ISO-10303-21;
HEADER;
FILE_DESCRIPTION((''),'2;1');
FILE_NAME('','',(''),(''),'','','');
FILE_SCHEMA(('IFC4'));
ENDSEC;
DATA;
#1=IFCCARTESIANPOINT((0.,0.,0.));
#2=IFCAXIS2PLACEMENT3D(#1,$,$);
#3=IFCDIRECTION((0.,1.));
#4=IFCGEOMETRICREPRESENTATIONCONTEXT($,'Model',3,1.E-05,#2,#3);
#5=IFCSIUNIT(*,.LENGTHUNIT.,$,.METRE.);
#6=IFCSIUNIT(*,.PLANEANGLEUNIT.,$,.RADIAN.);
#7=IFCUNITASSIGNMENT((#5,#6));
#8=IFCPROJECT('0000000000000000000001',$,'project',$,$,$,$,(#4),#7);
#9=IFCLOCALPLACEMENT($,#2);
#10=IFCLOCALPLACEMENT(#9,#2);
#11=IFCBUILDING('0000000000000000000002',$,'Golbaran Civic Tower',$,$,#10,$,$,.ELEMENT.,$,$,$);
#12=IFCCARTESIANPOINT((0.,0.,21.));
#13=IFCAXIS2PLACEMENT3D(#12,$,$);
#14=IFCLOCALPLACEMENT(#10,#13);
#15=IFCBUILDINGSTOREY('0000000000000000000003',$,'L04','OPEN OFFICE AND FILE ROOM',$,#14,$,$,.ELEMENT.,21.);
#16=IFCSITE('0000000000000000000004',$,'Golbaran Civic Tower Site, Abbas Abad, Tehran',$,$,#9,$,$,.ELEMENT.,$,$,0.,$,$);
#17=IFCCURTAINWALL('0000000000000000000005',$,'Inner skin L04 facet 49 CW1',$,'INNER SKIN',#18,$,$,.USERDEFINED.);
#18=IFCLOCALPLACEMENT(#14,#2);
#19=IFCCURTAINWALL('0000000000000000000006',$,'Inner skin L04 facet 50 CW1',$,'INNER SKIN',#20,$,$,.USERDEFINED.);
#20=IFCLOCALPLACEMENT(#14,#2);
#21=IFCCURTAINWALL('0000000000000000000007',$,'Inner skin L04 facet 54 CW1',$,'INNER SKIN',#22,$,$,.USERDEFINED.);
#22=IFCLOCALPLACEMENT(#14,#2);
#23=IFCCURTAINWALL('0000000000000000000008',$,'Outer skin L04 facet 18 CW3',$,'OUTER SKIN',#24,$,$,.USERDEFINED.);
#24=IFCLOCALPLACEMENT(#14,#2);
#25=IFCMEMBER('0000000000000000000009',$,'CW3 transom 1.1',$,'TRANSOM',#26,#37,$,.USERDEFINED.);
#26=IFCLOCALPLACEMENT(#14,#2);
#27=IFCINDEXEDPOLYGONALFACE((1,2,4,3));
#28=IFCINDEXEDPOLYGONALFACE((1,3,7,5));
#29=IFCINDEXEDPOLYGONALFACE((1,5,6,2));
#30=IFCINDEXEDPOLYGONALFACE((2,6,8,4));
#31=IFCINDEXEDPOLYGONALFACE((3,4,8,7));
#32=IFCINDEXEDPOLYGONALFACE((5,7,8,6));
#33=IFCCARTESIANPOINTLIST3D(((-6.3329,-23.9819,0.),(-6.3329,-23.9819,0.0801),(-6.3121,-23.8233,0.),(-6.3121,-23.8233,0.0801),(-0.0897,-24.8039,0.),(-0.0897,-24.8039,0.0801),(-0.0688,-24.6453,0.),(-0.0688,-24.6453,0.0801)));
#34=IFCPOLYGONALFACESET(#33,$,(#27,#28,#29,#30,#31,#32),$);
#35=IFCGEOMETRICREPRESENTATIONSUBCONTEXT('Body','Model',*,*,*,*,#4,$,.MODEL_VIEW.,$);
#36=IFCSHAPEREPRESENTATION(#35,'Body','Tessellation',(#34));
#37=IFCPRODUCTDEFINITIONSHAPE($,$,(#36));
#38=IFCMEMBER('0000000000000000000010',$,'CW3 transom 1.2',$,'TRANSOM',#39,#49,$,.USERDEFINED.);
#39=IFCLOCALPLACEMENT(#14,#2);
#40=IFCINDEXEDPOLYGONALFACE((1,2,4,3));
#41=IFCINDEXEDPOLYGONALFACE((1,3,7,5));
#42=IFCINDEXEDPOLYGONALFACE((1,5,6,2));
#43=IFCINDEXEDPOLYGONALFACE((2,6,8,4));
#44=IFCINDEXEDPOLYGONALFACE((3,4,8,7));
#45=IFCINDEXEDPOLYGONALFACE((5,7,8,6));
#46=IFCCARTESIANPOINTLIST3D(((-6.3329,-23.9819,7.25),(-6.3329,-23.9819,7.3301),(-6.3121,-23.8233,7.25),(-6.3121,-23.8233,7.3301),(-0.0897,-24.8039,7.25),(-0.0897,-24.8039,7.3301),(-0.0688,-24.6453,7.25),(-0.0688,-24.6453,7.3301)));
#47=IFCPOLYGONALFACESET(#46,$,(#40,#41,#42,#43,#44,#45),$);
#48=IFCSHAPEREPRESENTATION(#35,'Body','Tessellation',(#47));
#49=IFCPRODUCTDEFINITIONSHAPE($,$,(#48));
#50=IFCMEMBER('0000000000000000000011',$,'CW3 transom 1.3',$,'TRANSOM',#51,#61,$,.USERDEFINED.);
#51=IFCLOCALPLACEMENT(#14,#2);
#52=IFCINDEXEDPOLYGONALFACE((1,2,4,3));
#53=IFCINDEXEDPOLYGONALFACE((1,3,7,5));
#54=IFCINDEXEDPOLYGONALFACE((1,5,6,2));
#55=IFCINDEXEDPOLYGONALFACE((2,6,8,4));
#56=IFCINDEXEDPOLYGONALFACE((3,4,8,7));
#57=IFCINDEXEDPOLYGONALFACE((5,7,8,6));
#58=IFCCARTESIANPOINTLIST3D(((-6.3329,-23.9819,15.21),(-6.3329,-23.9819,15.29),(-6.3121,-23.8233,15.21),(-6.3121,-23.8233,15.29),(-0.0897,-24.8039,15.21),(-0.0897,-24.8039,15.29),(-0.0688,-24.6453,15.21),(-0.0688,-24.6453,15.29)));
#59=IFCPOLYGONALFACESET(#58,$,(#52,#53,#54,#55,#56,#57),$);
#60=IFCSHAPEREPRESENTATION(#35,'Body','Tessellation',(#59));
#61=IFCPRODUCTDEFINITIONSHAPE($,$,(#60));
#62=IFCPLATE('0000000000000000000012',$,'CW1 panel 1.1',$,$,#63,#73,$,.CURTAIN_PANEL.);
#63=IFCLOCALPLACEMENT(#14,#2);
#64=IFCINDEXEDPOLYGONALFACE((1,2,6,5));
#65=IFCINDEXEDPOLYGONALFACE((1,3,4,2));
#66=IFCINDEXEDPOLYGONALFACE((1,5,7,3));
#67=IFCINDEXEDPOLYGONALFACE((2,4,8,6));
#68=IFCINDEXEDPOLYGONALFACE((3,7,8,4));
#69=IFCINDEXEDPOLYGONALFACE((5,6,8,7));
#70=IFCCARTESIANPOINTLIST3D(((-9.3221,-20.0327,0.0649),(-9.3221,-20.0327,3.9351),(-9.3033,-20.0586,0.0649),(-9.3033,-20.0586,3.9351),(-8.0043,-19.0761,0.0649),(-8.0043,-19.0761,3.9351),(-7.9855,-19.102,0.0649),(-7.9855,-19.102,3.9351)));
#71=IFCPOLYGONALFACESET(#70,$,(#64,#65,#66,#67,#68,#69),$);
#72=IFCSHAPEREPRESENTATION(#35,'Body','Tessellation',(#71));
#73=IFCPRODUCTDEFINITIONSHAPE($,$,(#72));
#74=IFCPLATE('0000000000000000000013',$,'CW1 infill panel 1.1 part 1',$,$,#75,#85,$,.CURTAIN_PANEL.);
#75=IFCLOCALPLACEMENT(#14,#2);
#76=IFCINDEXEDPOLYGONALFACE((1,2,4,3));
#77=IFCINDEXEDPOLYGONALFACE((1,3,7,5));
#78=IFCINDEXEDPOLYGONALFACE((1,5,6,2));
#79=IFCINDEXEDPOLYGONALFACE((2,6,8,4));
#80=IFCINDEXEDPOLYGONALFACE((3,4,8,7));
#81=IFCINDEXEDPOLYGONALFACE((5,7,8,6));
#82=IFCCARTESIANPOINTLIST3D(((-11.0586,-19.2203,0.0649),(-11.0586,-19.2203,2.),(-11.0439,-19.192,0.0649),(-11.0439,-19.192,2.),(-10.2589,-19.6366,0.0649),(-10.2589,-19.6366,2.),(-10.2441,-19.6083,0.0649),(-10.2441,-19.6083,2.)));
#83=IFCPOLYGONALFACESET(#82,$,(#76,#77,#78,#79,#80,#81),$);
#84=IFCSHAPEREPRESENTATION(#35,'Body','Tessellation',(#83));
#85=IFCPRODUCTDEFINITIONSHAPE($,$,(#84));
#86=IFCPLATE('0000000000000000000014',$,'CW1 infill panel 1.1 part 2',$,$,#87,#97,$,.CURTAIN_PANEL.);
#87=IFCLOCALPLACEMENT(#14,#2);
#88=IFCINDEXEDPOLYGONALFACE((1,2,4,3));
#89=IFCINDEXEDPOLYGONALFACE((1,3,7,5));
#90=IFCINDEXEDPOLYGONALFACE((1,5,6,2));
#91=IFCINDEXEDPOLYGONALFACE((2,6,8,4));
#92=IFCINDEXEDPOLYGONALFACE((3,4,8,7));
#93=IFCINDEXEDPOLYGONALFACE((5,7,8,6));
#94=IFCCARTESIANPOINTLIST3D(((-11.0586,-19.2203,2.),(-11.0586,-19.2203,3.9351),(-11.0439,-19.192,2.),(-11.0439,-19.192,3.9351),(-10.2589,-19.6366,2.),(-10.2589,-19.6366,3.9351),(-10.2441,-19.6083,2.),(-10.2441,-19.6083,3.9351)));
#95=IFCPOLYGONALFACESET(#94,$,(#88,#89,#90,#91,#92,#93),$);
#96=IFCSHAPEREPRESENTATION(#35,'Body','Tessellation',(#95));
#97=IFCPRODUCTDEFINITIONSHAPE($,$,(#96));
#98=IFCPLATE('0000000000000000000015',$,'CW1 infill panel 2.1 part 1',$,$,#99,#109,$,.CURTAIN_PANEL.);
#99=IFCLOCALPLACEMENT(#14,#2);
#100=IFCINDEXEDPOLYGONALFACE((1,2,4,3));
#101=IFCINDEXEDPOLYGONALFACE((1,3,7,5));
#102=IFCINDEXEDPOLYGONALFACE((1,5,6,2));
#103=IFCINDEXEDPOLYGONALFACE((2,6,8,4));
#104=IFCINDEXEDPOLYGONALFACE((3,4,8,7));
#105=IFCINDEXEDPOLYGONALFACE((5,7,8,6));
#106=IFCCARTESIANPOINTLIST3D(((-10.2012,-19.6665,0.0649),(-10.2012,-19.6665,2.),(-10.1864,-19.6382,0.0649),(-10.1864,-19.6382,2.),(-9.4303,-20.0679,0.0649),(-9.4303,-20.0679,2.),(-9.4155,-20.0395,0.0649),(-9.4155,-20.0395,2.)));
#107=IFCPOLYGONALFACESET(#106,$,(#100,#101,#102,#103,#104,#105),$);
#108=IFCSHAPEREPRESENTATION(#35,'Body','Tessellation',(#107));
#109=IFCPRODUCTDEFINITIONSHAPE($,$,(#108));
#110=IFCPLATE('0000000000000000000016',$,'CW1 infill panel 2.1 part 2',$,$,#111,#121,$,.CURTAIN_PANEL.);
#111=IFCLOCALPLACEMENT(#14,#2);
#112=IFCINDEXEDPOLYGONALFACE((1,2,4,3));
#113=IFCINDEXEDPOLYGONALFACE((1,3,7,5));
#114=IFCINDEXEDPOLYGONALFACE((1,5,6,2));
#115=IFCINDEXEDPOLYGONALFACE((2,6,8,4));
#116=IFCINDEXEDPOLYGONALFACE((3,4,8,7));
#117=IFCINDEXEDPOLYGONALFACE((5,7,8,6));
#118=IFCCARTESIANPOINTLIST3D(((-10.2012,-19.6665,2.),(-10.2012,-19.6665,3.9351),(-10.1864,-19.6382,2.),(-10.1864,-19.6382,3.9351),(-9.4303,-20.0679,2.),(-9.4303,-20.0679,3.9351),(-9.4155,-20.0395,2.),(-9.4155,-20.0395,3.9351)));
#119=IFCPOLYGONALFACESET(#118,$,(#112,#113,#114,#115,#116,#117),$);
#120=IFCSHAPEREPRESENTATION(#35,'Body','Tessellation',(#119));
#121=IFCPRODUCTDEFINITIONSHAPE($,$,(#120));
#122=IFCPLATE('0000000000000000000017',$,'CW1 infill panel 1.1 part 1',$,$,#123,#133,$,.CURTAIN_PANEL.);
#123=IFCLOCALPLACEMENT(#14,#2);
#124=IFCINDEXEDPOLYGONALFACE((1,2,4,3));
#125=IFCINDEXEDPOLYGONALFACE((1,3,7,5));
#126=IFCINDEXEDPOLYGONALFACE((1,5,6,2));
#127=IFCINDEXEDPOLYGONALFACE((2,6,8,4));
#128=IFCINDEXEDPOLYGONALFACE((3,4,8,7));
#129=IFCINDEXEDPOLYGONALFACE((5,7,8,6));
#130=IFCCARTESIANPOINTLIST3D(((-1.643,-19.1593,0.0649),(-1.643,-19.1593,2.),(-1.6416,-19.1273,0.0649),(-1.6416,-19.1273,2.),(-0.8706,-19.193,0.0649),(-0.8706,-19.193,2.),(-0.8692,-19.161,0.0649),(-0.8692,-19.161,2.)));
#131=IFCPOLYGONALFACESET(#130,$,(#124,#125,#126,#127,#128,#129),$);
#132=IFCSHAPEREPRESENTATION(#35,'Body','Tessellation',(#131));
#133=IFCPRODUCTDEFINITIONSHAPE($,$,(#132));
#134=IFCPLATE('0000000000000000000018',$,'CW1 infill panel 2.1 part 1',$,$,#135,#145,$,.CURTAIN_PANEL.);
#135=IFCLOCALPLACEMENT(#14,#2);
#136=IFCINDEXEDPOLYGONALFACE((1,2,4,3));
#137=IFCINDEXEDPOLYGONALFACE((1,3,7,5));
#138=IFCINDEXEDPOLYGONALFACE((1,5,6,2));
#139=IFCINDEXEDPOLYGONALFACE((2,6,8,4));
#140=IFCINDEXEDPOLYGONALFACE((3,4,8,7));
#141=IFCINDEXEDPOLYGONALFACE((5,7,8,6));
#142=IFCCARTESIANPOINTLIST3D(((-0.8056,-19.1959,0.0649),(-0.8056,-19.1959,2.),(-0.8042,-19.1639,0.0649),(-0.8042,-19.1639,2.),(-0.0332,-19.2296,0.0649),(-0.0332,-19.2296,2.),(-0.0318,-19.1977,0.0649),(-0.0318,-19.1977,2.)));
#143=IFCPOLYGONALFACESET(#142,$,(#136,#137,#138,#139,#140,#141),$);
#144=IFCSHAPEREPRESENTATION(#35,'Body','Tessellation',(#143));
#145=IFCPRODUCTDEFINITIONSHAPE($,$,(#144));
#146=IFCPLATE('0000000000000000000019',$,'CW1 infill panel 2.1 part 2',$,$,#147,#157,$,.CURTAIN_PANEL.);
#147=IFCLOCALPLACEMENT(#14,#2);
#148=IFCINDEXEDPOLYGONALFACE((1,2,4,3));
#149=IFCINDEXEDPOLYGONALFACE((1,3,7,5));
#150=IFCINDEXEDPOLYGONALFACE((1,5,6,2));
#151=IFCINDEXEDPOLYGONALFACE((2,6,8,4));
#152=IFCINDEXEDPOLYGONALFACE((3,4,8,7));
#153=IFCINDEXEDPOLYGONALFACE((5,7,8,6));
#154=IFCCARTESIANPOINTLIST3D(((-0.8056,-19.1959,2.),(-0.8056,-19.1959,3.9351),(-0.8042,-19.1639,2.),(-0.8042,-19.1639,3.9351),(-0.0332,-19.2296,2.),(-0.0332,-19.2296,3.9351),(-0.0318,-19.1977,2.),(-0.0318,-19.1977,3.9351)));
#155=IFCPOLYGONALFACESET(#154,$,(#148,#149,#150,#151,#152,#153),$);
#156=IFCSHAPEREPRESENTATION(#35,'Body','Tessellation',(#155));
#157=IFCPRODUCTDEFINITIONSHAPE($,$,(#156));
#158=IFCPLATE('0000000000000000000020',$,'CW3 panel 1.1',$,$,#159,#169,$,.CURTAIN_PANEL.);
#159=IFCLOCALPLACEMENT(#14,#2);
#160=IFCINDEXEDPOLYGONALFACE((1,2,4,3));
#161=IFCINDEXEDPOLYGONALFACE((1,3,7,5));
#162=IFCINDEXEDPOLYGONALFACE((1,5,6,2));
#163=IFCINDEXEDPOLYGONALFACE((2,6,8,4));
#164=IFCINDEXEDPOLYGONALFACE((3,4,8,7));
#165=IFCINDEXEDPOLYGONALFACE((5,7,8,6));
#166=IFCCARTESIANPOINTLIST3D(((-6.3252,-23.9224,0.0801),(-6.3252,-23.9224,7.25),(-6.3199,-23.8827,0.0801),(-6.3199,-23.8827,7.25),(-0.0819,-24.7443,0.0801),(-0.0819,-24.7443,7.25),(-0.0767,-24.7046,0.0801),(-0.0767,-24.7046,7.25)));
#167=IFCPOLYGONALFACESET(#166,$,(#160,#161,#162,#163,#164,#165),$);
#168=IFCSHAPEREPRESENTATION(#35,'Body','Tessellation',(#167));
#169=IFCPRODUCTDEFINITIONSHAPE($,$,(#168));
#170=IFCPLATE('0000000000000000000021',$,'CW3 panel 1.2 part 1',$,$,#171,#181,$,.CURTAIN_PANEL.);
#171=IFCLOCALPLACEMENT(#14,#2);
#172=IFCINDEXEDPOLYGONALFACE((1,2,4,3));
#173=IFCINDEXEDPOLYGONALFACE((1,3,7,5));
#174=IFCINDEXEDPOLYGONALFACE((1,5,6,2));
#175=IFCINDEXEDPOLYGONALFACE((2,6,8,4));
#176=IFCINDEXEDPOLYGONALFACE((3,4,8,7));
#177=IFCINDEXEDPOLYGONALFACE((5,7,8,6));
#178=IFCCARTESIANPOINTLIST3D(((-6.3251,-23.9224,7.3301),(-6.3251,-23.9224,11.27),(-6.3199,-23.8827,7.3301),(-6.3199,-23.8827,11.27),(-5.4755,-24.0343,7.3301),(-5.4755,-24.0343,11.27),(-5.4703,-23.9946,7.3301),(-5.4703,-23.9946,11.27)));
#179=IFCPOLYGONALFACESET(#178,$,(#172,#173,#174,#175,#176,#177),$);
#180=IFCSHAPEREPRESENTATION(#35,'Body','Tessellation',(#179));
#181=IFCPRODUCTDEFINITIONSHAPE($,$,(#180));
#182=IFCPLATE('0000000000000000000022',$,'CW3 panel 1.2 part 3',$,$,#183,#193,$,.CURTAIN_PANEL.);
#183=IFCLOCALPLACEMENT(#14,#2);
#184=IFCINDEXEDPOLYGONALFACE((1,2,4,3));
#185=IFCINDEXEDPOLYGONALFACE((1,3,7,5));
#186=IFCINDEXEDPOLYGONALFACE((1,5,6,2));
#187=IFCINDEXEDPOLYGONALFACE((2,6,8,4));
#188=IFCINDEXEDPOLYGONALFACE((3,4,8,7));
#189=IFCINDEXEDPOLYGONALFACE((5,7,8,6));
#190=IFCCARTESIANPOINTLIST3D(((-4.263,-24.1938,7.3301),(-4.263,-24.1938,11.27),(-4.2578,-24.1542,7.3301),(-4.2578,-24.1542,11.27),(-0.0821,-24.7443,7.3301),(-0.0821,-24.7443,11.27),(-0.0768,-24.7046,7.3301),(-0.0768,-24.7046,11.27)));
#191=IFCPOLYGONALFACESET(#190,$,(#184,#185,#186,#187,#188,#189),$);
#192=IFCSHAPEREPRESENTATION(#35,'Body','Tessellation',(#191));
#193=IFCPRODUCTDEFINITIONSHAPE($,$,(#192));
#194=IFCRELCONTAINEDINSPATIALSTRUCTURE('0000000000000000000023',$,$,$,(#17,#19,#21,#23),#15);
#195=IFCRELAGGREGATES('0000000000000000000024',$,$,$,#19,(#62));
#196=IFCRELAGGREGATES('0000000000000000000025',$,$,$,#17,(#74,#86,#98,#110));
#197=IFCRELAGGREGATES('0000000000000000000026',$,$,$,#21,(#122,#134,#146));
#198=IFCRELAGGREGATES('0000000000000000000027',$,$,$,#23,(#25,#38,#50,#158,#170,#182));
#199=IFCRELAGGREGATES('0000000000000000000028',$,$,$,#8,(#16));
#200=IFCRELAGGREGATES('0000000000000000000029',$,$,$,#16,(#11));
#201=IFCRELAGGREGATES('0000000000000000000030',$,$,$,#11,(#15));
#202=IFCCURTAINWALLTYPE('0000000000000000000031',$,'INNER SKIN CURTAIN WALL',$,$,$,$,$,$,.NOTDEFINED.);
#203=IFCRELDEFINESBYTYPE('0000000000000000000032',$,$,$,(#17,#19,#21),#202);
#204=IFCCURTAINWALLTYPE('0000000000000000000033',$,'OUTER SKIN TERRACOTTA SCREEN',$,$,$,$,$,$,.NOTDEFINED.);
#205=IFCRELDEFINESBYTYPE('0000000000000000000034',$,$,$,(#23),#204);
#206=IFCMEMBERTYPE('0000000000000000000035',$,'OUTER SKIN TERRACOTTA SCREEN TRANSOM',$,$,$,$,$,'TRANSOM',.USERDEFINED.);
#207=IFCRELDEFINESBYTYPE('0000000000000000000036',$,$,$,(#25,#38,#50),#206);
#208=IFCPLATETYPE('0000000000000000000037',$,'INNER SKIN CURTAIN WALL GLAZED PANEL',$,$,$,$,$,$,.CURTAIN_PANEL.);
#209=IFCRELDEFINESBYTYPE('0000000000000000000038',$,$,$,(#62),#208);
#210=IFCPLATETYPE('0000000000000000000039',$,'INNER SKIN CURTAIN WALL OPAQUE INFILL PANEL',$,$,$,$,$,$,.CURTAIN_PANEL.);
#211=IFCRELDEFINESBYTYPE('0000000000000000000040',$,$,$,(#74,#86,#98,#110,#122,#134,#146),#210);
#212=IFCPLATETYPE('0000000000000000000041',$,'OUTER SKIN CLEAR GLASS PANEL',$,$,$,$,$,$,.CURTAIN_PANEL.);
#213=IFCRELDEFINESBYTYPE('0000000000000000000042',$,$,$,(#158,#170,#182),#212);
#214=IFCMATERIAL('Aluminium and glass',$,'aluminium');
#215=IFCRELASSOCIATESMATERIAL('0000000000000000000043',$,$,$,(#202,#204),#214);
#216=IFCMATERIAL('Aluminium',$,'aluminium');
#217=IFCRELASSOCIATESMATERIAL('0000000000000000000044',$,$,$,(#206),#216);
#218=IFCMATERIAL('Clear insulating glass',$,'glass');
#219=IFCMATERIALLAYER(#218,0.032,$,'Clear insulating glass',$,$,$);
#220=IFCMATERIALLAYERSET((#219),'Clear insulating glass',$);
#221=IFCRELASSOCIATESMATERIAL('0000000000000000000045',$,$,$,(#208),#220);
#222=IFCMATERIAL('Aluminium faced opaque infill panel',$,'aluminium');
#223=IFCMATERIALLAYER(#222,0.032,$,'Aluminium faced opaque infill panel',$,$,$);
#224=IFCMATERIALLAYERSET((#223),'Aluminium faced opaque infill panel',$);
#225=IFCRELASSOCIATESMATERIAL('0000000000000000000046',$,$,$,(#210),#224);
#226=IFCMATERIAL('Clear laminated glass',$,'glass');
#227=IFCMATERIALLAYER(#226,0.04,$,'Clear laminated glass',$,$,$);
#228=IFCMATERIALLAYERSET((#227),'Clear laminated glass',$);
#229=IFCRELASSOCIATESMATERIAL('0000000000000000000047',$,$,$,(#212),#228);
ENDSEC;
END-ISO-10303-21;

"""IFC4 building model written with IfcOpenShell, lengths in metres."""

from ifc_helpers import new_model, si_unit, direction, frame, origin, origin_2d, place, context, subcontext, project, spatial, rectangle, extrude, material, layer, layer_set, material_profile, profile_set, type_object, element, aggregate, save


model = new_model("IFC4")

# Units and contexts
model_context = context("Model", 3, precision=1e-05, world=origin(), true_north=direction((0.0, 1.0)))
body_context = subcontext(model_context, "Body", "Model", "MODEL_VIEW")
ifc_project = project(units=[si_unit("LENGTHUNIT", "METRE"), si_unit("PLANEANGLEUNIT", "RADIAN")], contexts=[model_context])

# Site, building, storey
site_placement = place(None, origin())
site = spatial("IfcSite", under=ifc_project, at=site_placement, Name="Golbaran Civic Tower Site, Abbas Abad, Tehran", CompositionType="ELEMENT", RefElevation=0.0)
building_placement = place(site_placement, origin())
building = spatial("IfcBuilding", under=site, at=building_placement, Name="Golbaran Civic Tower", CompositionType="ELEMENT")
storey_placement = place(building_placement, frame((0.0, 0.0, 21.0)))
storey = spatial("IfcBuildingStorey", under=building, at=storey_placement, Name="L04", Description="OPEN OFFICE AND FILE ROOM", CompositionType="ELEMENT", Elevation=21.0)

# Curtain wall
ifc_material_1 = material(Name="Aluminium and glass", Category="aluminium")
curtain_wall_type_1 = type_object("IfcCurtainWallType", Name="INNER SKIN CURTAIN WALL", PredefinedType="NOTDEFINED", material=ifc_material_1)
curtain_wall_1_placement = place(storey_placement, origin())
curtain_wall_1 = element("IfcCurtainWall", 1, at=curtain_wall_1_placement, inside=storey, type_object=curtain_wall_type_1, Name="Inner skin L04 facet 49 CW1", ObjectType="INNER SKIN", PredefinedType="USERDEFINED")
ifc_material_2 = material(Name="Aluminium", Category="aluminium")

# Curtain walls
curtain_wall_2_placement = place(storey_placement, origin())
curtain_wall_2 = element("IfcCurtainWall", 2, at=curtain_wall_2_placement, inside=storey, type_object=curtain_wall_type_1, Name="Inner skin L04 facet 50 CW1", ObjectType="INNER SKIN", PredefinedType="USERDEFINED")
curtain_wall_3_placement = place(storey_placement, origin())
curtain_wall_3 = element("IfcCurtainWall", 3, at=curtain_wall_3_placement, inside=storey, type_object=curtain_wall_type_1, Name="Inner skin L04 facet 54 CW1", ObjectType="INNER SKIN", PredefinedType="USERDEFINED")

# Shared definitions
curtain_wall_type_2 = type_object("IfcCurtainWallType", Name="OUTER SKIN TERRACOTTA SCREEN", PredefinedType="NOTDEFINED", material=ifc_material_1)

# Curtain wall, members
curtain_wall_4_placement = place(storey_placement, origin())
curtain_wall_4 = element("IfcCurtainWall", 4, at=curtain_wall_4_placement, inside=storey, type_object=curtain_wall_type_2, Name="Outer skin L04 facet 18 CW3", ObjectType="OUTER SKIN", PredefinedType="USERDEFINED")
ifc_material_profile_1 = material_profile(ifc_material_2, rectangle(XDim=0.1599, YDim=0.0801, at=origin_2d()), Name="OUTER SKIN TERRACOTTA SCREEN TRANSOM")
ifc_profile_set_1 = profile_set([ifc_material_profile_1], Name="Aluminium")
member_type_1 = type_object("IfcMemberType", Name="OUTER SKIN TERRACOTTA SCREEN TRANSOM", ElementType="TRANSOM", PredefinedType="USERDEFINED", material=ifc_profile_set_1)
member_1_placement = place(storey_placement, frame((-6.3225, -23.9026, 0.04), z_axis=(0.991443, -0.130541, 0.0), x_axis=(0.130541, 0.991443, 0.0)))
member_1 = element("IfcMember", 5, at=member_1_placement, type_object=member_type_1, Name="CW3 transom 1.1", ObjectType="TRANSOM", PredefinedType="USERDEFINED", context=body_context, shape_type="SweptSolid", body=[
    extrude(rectangle(XDim=0.1599, YDim=0.0801, at=origin_2d()), origin(), (0.0, 0.0, 1.0), 6.2971),
])
member_2_placement = place(storey_placement, frame((-6.3225, -23.9026, 7.29), z_axis=(0.991443, -0.130541, 0.0), x_axis=(0.130541, 0.991443, 0.0)))
member_2 = element("IfcMember", 6, at=member_2_placement, type_object=member_type_1, Name="CW3 transom 1.2", ObjectType="TRANSOM", PredefinedType="USERDEFINED", context=body_context, shape_type="SweptSolid", body=[
    extrude(rectangle(XDim=0.1599, YDim=0.0801, at=origin_2d()), origin(), (0.0, 0.0, 1.0), 6.2971),
])
member_3_placement = place(storey_placement, frame((-6.3225, -23.9026, 15.25), z_axis=(0.991443, -0.130541, 0.0), x_axis=(0.130541, 0.991443, 0.0)))
member_3 = element("IfcMember", 7, at=member_3_placement, type_object=member_type_1, Name="CW3 transom 1.3", ObjectType="TRANSOM", PredefinedType="USERDEFINED", context=body_context, shape_type="SweptSolid", body=[
    extrude(rectangle(XDim=0.1599, YDim=0.0801, at=origin_2d()), origin(), (0.0, 0.0, 1.0), 6.2971),
])

# Plates
ifc_material_3 = material(Name="Clear insulating glass", Category="glass")
ifc_layer_1 = layer(ifc_material_3, 0.032, Name="Clear insulating glass")
ifc_layer_set_1 = layer_set([ifc_layer_1], Name="Clear insulating glass")
plate_type_1 = type_object("IfcPlateType", Name="INNER SKIN CURTAIN WALL GLAZED PANEL", PredefinedType="CURTAIN_PANEL", material=ifc_layer_set_1)
plate_1_placement = place(storey_placement, frame((-8.6538, -19.5674, 0.0649), z_axis=(0.0, 0.0, 1.0), x_axis=(0.809274, 0.587431, 0.0)))
plate_1 = element("IfcPlate", 8, at=plate_1_placement, type_object=plate_type_1, Name="CW1 panel 1.1", PredefinedType="CURTAIN_PANEL", context=body_context, shape_type="SweptSolid", body=[
    extrude(rectangle(XDim=1.6284, YDim=0.032, at=origin_2d()), origin(), (0.0, 0.0, 1.0), 3.8701),
])
aggregate(curtain_wall_2, [plate_1])
ifc_material_4 = material(Name="Aluminium faced opaque infill panel", Category="aluminium")
ifc_layer_2 = layer(ifc_material_4, 0.032, Name="Aluminium faced opaque infill panel")
ifc_layer_set_2 = layer_set([ifc_layer_2], Name="Aluminium faced opaque infill panel")
plate_type_2 = type_object("IfcPlateType", Name="INNER SKIN CURTAIN WALL OPAQUE INFILL PANEL", PredefinedType="CURTAIN_PANEL", material=ifc_layer_set_2)
plate_2_placement = place(storey_placement, frame((-10.6514, -19.4143, 0.0649), z_axis=(0.0, 0.0, 1.0), x_axis=(0.887011, -0.461749, 0.0)))
plate_2 = element("IfcPlate", 9, at=plate_2_placement, type_object=plate_type_2, Name="CW1 infill panel 1.1 part 1", PredefinedType="CURTAIN_PANEL", context=body_context, shape_type="SweptSolid", body=[
    extrude(rectangle(XDim=0.9016, YDim=0.032, at=origin_2d()), origin(), (0.0, 0.0, 1.0), 1.9351),
])
plate_3_placement = place(storey_placement, frame((-10.6514, -19.4143, 2.0), z_axis=(0.0, 0.0, 1.0), x_axis=(0.887011, -0.461749, 0.0)))
plate_3 = element("IfcPlate", 10, at=plate_3_placement, type_object=plate_type_2, Name="CW1 infill panel 1.1 part 2", PredefinedType="CURTAIN_PANEL", context=body_context, shape_type="SweptSolid", body=[
    extrude(rectangle(XDim=0.9016, YDim=0.032, at=origin_2d()), origin(), (0.0, 0.0, 1.0), 1.9351),
])
plate_4_placement = place(storey_placement, frame((-9.8083, -19.853, 0.0649), z_axis=(0.0, 0.0, 1.0), x_axis=(0.887011, -0.461749, 0.0)))
plate_4 = element("IfcPlate", 11, at=plate_4_placement, type_object=plate_type_2, Name="CW1 infill panel 2.1 part 1", PredefinedType="CURTAIN_PANEL", context=body_context, shape_type="SweptSolid", body=[
    extrude(rectangle(XDim=0.8691, YDim=0.032, at=origin_2d()), origin(), (0.0, 0.0, 1.0), 1.9351),
])
plate_5_placement = place(storey_placement, frame((-9.8083, -19.853, 2.0), z_axis=(0.0, 0.0, 1.0), x_axis=(0.887011, -0.461749, 0.0)))
plate_5 = element("IfcPlate", 12, at=plate_5_placement, type_object=plate_type_2, Name="CW1 infill panel 2.1 part 2", PredefinedType="CURTAIN_PANEL", context=body_context, shape_type="SweptSolid", body=[
    extrude(rectangle(XDim=0.8691, YDim=0.032, at=origin_2d()), origin(), (0.0, 0.0, 1.0), 1.9351),
])
aggregate(curtain_wall_1, [plate_2, plate_3, plate_4, plate_5])
plate_6_placement = place(storey_placement, frame((-1.2561, -19.1602, 0.0649), z_axis=(0.0, 0.0, 1.0), x_axis=(0.999048, -0.043619, 0.0)))
plate_6 = element("IfcPlate", 13, at=plate_6_placement, type_object=plate_type_2, Name="CW1 infill panel 1.1 part 1", PredefinedType="CURTAIN_PANEL", context=body_context, shape_type="SweptSolid", body=[
    extrude(rectangle(XDim=0.7732, YDim=0.032, at=origin_2d()), origin(), (0.0, 0.0, 1.0), 1.9351),
])
plate_7_placement = place(storey_placement, frame((-0.4187, -19.1968, 0.0649), z_axis=(0.0, 0.0, 1.0), x_axis=(0.999048, -0.043619, 0.0)))
plate_7 = element("IfcPlate", 14, at=plate_7_placement, type_object=plate_type_2, Name="CW1 infill panel 2.1 part 1", PredefinedType="CURTAIN_PANEL", context=body_context, shape_type="SweptSolid", body=[
    extrude(rectangle(XDim=0.7732, YDim=0.032, at=origin_2d()), origin(), (0.0, 0.0, 1.0), 1.9351),
])
plate_8_placement = place(storey_placement, frame((-0.4187, -19.1968, 2.0), z_axis=(0.0, 0.0, 1.0), x_axis=(0.999048, -0.043619, 0.0)))
plate_8 = element("IfcPlate", 15, at=plate_8_placement, type_object=plate_type_2, Name="CW1 infill panel 2.1 part 2", PredefinedType="CURTAIN_PANEL", context=body_context, shape_type="SweptSolid", body=[
    extrude(rectangle(XDim=0.7732, YDim=0.032, at=origin_2d()), origin(), (0.0, 0.0, 1.0), 1.9351),
])
aggregate(curtain_wall_3, [plate_6, plate_7, plate_8])
ifc_material_5 = material(Name="Clear laminated glass", Category="glass")
ifc_layer_3 = layer(ifc_material_5, 0.04, Name="Clear laminated glass")
ifc_layer_set_3 = layer_set([ifc_layer_3], Name="Clear laminated glass")
plate_type_3 = type_object("IfcPlateType", Name="OUTER SKIN CLEAR GLASS PANEL", PredefinedType="CURTAIN_PANEL", material=ifc_layer_set_3)
plate_9_placement = place(storey_placement, frame((-3.2009, -24.3135, 0.0801), z_axis=(0.0, 0.0, 1.0), x_axis=(0.991445, -0.130526, 0.0)))
plate_9 = element("IfcPlate", 16, at=plate_9_placement, type_object=plate_type_3, Name="CW3 panel 1.1", PredefinedType="CURTAIN_PANEL", context=body_context, shape_type="SweptSolid", body=[
    extrude(rectangle(XDim=6.2971, YDim=0.04, at=origin_2d()), origin(), (0.0, 0.0, 1.0), 7.1699),
])
plate_10_placement = place(storey_placement, frame((-5.8977, -23.9585, 7.3301), z_axis=(0.0, 0.0, 1.0), x_axis=(0.991445, -0.130526, 0.0)))
plate_10 = element("IfcPlate", 17, at=plate_10_placement, type_object=plate_type_3, Name="CW3 panel 1.2 part 1", PredefinedType="CURTAIN_PANEL", context=body_context, shape_type="SweptSolid", body=[
    extrude(rectangle(XDim=0.8569, YDim=0.04, at=origin_2d()), origin(), (0.0, 0.0, 1.0), 3.9399),
])
plate_11_placement = place(storey_placement, frame((-2.1699, -24.4492, 7.3301), z_axis=(0.0, 0.0, 1.0), x_axis=(0.991445, -0.130526, 0.0)))
plate_11 = element("IfcPlate", 18, at=plate_11_placement, type_object=plate_type_3, Name="CW3 panel 1.2 part 3", PredefinedType="CURTAIN_PANEL", context=body_context, shape_type="SweptSolid", body=[
    extrude(rectangle(XDim=4.217, YDim=0.04, at=origin_2d()), origin(), (0.0, 0.0, 1.0), 3.9399),
])
aggregate(curtain_wall_4, [member_1, member_2, member_3, plate_9, plate_10, plate_11])

save(model, "model.ifc")
